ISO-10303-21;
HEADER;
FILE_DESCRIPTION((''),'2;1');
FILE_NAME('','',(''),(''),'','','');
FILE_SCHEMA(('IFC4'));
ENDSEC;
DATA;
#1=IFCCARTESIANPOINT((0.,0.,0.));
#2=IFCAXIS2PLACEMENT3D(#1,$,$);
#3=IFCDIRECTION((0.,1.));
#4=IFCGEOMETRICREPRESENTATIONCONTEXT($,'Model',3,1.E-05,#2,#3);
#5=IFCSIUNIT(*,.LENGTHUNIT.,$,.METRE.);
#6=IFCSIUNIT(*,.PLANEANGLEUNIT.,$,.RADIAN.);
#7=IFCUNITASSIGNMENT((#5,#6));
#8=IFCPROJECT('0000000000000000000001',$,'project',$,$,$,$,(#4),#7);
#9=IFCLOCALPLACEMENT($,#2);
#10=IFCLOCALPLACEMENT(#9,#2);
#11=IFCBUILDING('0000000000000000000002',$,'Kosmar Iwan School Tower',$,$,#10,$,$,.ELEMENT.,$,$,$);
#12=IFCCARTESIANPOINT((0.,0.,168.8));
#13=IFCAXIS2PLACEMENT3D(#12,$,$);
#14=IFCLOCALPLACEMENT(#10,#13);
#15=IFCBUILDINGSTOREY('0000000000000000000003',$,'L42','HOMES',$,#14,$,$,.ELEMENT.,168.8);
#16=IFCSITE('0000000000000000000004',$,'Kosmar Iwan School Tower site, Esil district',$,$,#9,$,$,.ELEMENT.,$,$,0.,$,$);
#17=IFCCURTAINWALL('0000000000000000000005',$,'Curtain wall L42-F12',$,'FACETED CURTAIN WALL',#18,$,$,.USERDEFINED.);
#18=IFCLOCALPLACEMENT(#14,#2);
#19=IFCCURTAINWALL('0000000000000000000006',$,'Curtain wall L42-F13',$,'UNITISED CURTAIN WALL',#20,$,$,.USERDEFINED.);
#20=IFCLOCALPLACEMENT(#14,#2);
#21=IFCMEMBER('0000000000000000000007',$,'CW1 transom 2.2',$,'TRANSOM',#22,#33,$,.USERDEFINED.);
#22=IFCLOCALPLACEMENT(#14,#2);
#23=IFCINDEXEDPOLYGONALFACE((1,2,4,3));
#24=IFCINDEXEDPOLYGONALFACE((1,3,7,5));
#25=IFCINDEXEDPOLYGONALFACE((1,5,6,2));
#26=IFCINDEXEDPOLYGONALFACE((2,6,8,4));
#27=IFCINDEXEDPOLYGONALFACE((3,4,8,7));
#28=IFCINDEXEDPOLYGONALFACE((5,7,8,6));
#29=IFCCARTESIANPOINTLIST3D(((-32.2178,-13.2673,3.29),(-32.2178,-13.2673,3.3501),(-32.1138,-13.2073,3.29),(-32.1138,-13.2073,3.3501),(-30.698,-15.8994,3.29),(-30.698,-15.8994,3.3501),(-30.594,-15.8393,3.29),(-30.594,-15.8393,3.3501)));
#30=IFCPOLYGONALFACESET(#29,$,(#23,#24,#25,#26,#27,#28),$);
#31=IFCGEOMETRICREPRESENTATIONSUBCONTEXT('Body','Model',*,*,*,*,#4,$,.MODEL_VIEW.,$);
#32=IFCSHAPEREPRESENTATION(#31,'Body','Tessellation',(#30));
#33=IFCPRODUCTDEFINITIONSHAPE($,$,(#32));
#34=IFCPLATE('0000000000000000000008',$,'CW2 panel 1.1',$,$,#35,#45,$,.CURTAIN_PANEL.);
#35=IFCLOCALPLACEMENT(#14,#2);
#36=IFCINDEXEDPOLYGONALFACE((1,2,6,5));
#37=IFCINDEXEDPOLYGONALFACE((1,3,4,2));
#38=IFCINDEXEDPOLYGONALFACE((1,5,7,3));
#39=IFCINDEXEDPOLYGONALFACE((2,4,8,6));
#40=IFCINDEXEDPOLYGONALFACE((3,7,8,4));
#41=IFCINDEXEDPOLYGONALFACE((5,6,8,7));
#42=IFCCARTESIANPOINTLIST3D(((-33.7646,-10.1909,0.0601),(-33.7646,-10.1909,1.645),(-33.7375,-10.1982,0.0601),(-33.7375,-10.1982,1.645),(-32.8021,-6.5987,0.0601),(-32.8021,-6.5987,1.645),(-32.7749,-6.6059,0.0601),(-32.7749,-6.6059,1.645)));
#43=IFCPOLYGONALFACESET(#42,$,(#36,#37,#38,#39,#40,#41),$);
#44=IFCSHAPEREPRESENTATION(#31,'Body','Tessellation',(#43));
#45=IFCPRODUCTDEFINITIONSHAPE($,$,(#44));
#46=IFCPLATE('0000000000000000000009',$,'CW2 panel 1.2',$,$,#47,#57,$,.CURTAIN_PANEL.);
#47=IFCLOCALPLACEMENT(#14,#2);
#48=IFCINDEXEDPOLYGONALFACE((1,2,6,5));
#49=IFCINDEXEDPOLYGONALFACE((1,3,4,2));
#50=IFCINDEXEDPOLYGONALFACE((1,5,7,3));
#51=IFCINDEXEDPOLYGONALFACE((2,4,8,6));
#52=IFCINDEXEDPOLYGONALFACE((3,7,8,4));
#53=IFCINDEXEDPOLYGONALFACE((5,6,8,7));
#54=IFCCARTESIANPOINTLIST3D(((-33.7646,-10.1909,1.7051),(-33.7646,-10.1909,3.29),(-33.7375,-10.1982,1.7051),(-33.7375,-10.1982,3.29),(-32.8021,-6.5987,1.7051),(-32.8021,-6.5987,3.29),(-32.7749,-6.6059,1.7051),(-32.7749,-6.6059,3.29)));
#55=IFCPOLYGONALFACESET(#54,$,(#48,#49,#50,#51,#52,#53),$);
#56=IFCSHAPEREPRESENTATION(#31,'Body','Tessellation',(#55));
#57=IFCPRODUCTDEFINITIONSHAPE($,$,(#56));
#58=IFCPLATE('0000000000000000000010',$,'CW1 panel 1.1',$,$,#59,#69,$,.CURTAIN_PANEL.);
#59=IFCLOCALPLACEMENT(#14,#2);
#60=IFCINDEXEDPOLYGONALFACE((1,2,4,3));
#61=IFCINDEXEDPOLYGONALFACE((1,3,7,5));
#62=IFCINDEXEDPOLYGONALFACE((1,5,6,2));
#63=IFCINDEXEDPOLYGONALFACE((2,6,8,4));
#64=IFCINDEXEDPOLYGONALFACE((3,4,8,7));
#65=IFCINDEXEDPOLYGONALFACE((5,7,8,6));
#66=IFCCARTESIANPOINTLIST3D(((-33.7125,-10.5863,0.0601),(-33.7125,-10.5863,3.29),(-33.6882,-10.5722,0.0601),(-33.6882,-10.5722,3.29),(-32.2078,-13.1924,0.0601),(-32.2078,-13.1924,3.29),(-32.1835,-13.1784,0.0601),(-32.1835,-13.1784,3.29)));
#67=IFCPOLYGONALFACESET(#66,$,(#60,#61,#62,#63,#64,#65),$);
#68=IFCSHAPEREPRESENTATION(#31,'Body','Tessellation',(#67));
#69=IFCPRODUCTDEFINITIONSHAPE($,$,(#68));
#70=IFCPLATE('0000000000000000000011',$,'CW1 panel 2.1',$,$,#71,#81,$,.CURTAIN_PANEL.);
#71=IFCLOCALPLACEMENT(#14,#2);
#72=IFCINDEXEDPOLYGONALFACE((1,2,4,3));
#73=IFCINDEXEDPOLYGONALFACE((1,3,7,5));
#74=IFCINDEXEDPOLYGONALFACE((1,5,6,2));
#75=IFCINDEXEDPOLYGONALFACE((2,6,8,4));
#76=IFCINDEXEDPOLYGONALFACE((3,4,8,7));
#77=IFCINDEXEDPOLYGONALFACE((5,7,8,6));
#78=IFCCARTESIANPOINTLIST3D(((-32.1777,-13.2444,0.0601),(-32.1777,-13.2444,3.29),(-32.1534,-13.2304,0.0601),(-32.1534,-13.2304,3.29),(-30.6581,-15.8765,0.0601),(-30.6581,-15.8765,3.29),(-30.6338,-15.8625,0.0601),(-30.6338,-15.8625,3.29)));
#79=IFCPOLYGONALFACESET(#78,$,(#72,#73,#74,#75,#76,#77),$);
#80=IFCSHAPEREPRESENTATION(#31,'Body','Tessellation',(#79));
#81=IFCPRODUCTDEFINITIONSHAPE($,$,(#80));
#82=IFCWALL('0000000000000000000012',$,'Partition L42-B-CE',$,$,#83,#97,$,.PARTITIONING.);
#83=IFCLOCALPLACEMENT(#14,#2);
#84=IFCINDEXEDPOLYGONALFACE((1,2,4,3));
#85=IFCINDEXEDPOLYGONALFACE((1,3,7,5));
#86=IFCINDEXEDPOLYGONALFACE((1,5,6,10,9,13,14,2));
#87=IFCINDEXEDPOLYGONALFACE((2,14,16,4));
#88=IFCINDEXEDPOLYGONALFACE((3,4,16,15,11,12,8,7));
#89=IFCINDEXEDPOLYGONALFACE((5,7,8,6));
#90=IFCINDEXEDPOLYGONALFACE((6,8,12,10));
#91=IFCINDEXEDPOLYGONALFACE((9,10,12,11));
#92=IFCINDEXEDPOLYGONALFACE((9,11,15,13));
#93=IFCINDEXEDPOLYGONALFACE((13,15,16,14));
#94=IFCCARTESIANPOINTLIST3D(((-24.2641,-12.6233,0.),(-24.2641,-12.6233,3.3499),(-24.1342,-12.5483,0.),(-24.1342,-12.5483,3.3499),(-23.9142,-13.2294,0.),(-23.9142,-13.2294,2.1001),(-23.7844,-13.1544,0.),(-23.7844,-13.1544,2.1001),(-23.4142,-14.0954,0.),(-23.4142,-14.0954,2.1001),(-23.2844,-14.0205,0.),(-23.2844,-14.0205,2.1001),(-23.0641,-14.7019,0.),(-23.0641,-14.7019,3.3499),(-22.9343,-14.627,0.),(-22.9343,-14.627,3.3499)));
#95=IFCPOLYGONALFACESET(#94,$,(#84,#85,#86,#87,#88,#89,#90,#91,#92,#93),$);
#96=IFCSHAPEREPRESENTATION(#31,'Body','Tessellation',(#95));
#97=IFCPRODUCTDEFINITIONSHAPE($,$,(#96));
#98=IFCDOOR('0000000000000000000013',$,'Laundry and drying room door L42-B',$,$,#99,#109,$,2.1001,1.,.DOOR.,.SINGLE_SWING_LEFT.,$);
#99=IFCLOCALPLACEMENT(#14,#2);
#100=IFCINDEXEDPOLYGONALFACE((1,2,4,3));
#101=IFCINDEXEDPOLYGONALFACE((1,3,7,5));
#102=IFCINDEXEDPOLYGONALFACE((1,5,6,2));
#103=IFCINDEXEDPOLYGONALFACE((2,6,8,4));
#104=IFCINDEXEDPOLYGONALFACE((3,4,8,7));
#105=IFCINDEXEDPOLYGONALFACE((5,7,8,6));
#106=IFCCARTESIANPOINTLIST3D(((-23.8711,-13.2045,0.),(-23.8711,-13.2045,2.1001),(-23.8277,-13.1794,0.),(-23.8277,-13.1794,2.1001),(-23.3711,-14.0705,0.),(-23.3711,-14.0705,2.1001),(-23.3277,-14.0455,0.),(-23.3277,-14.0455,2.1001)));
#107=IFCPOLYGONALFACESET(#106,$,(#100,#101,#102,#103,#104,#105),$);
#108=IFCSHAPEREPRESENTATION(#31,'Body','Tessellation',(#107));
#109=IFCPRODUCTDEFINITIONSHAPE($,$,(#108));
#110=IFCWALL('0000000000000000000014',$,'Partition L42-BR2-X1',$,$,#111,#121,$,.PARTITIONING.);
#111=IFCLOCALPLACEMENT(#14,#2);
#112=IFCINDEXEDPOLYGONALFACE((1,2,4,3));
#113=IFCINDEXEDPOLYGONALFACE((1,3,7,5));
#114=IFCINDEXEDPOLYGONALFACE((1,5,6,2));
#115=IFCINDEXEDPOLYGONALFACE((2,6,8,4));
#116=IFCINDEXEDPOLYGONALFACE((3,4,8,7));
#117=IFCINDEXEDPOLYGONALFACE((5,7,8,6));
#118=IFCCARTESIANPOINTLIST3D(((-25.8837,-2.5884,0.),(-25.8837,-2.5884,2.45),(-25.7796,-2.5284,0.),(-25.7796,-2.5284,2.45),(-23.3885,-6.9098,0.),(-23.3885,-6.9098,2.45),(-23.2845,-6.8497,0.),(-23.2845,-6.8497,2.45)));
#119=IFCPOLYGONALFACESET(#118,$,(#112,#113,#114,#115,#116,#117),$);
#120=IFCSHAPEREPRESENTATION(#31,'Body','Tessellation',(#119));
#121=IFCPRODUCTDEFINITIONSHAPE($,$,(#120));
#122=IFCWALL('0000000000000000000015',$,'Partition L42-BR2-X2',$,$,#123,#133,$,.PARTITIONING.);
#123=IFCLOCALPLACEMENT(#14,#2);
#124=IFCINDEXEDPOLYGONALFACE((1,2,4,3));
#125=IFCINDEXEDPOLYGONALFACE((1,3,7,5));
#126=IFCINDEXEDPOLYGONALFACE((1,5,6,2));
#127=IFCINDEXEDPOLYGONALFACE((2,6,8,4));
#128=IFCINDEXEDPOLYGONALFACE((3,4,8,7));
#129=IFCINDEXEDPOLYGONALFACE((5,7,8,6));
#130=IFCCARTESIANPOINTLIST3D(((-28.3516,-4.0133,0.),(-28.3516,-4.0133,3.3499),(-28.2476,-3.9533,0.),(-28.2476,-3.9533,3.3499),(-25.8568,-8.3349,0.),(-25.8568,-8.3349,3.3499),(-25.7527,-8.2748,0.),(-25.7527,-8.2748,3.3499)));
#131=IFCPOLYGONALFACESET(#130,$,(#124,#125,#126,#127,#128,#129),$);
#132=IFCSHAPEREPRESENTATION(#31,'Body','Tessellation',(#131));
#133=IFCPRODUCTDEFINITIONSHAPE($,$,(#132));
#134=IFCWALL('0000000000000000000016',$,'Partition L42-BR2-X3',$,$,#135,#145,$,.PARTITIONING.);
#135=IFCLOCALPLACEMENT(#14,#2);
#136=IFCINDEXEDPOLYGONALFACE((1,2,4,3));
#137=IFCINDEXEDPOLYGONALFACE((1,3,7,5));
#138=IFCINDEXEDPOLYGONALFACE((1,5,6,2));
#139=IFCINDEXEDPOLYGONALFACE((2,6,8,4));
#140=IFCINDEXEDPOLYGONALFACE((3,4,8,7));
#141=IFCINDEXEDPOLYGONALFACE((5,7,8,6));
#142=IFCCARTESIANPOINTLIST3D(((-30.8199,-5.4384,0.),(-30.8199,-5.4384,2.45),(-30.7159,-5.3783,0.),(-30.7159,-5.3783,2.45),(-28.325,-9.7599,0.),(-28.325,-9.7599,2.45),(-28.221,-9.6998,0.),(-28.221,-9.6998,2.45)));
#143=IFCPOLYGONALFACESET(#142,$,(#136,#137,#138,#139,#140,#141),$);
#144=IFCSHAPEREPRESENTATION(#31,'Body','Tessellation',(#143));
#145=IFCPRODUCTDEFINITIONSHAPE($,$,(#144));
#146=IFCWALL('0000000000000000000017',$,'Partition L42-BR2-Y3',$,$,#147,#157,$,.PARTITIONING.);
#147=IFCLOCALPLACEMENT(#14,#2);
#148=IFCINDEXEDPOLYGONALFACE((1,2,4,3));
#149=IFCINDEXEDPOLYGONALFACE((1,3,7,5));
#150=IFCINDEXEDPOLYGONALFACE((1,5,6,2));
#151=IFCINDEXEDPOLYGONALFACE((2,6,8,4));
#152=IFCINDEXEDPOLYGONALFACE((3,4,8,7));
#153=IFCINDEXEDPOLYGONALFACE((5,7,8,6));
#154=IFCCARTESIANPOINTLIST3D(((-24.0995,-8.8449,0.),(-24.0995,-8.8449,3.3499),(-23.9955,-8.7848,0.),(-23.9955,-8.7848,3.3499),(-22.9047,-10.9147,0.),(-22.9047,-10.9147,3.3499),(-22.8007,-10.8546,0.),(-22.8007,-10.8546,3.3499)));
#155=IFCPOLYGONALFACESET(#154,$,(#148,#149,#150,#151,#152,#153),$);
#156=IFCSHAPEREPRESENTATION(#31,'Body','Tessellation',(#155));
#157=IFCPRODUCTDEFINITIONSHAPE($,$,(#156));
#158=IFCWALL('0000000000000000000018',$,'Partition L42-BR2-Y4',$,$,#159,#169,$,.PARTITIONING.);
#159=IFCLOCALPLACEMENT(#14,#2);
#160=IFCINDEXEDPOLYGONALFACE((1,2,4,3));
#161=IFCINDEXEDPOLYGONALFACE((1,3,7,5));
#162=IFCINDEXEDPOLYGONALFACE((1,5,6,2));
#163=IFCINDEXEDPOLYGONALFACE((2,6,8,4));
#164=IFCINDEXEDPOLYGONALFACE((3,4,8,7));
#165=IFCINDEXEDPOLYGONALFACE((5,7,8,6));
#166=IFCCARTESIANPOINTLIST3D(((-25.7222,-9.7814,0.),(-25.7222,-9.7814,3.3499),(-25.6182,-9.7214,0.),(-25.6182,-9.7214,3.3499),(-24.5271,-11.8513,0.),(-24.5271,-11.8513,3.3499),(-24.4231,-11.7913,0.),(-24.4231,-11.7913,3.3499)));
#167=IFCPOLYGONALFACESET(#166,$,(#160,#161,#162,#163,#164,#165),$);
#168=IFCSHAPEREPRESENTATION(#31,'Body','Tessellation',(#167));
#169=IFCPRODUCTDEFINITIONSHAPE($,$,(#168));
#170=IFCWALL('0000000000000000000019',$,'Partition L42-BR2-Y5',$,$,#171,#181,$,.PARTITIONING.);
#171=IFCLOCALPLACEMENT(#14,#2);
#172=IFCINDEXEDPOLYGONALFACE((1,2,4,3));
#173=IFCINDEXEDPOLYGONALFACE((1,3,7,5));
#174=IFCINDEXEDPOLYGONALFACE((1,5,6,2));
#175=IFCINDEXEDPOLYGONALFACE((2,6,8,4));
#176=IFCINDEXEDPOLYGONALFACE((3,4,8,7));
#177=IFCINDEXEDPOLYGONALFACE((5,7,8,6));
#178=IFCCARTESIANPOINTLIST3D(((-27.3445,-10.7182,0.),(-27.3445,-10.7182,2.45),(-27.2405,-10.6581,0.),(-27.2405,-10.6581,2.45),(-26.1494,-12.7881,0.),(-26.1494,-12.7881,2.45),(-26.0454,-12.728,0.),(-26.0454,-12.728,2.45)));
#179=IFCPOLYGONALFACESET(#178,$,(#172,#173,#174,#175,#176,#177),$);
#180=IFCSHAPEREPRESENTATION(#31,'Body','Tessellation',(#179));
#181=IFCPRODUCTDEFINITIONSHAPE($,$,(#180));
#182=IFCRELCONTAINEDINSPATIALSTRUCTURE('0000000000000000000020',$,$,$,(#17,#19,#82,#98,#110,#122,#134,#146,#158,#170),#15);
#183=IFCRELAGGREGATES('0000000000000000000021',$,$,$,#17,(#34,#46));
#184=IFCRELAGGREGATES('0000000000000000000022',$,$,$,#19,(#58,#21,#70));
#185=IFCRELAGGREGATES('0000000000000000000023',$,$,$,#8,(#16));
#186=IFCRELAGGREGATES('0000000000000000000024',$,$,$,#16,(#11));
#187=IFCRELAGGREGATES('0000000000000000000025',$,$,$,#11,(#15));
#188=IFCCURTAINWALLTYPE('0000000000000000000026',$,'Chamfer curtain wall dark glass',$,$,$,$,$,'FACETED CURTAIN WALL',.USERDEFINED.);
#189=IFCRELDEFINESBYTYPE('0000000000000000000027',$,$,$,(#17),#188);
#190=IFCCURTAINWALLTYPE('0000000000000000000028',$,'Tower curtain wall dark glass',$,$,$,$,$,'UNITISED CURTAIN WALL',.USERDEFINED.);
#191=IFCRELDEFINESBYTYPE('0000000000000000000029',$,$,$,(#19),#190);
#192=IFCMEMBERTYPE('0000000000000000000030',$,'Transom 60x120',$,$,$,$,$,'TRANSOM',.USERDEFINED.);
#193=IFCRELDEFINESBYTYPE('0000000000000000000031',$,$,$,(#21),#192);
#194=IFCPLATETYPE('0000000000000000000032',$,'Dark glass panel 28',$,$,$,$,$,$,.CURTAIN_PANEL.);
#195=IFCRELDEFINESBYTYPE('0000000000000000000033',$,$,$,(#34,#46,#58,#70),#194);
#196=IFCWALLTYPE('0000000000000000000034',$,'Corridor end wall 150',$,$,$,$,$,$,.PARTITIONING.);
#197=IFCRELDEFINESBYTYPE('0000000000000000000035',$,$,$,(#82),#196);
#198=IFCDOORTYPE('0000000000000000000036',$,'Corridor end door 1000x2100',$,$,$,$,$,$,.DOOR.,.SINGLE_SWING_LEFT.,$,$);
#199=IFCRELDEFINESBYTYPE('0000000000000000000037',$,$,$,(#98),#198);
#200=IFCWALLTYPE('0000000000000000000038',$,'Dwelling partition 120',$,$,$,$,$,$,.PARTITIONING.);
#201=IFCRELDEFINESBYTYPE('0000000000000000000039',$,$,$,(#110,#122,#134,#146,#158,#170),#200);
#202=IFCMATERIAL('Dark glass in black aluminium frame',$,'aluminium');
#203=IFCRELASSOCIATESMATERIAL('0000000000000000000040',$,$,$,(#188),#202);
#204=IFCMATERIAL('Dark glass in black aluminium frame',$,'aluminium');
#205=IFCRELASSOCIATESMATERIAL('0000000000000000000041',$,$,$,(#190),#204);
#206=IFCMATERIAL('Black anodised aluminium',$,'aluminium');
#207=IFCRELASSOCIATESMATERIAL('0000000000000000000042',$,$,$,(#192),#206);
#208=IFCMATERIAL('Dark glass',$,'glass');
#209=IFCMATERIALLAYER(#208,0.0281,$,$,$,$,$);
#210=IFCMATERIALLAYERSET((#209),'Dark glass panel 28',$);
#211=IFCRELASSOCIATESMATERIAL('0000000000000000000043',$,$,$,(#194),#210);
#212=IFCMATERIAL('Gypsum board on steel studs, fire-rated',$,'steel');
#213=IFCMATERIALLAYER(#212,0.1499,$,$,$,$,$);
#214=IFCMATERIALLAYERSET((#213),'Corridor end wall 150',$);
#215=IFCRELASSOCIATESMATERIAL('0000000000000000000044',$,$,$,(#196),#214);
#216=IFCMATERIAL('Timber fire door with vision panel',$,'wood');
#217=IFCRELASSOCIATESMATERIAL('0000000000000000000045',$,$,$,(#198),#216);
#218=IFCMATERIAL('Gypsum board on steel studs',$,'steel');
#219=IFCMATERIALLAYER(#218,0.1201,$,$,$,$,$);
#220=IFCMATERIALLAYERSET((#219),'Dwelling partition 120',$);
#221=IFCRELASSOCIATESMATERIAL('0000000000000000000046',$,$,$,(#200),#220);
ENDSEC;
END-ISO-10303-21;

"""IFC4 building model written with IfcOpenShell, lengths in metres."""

from ifc_helpers import new_model, si_unit, direction, frame, frame_2d, origin, origin_2d, place, context, subcontext, project, spatial, rectangle, extrude, material, layer, layer_set, material_profile, profile_set, type_object, element, fill, aggregate, save


model = new_model("IFC4")

# Units and contexts
model_context = context("Model", 3, precision=1e-05, world=origin(), true_north=direction((0.0, 1.0)))
body_context = subcontext(model_context, "Body", "Model", "MODEL_VIEW")
ifc_project = project(units=[si_unit("LENGTHUNIT", "METRE"), si_unit("PLANEANGLEUNIT", "RADIAN")], contexts=[model_context])

# Site, building, storey
site_placement = place(None, origin())
site = spatial("IfcSite", under=ifc_project, at=site_placement, Name="Kosmar Iwan School Tower site, Esil district", CompositionType="ELEMENT", RefElevation=0.0)
building_placement = place(site_placement, origin())
building = spatial("IfcBuilding", under=site, at=building_placement, Name="Kosmar Iwan School Tower", CompositionType="ELEMENT")
storey_placement = place(building_placement, frame((0.0, 0.0, 168.8)))
storey = spatial("IfcBuildingStorey", under=building, at=storey_placement, Name="L42", Description="HOMES", CompositionType="ELEMENT", Elevation=168.8)

# Curtain wall
ifc_material_1 = material(Name="Dark glass in black aluminium frame", Category="aluminium")
curtain_wall_type_1 = type_object("IfcCurtainWallType", Name="Chamfer curtain wall dark glass", ElementType="FACETED CURTAIN WALL", PredefinedType="USERDEFINED", material=ifc_material_1)
curtain_wall_1_placement = place(storey_placement, origin())
curtain_wall_1 = element("IfcCurtainWall", 1, at=curtain_wall_1_placement, inside=storey, type_object=curtain_wall_type_1, Name="Curtain wall L42-F12", ObjectType="FACETED CURTAIN WALL", PredefinedType="USERDEFINED")

# Curtain wall
ifc_material_2 = material(Name="Dark glass in black aluminium frame", Category="aluminium")
curtain_wall_type_2 = type_object("IfcCurtainWallType", Name="Tower curtain wall dark glass", ElementType="UNITISED CURTAIN WALL", PredefinedType="USERDEFINED", material=ifc_material_2)
curtain_wall_2_placement = place(storey_placement, origin())
curtain_wall_2 = element("IfcCurtainWall", 2, at=curtain_wall_2_placement, inside=storey, type_object=curtain_wall_type_2, Name="Curtain wall L42-F13", ObjectType="UNITISED CURTAIN WALL", PredefinedType="USERDEFINED")

# Member
ifc_material_3 = material(Name="Black anodised aluminium", Category="aluminium")
ifc_material_profile_1 = material_profile(ifc_material_3, rectangle(XDim=0.1201, YDim=0.0601, at=origin_2d()), Name="TRANSOM 60x120")
ifc_profile_set_1 = profile_set([ifc_material_profile_1], Name="Black anodised aluminium")
member_type_1 = type_object("IfcMemberType", Name="Transom 60x120", ElementType="TRANSOM", PredefinedType="USERDEFINED", material=ifc_profile_set_1)
member_1_placement = place(storey_placement, frame((-32.1658, -13.2373, 3.3201), z_axis=(0.500035, -0.866005, 0.0), x_axis=(0.866005, 0.500035, 0.0)))
member_1 = element("IfcMember", 3, at=member_1_placement, type_object=member_type_1, Name="CW1 transom 2.2", ObjectType="TRANSOM", PredefinedType="USERDEFINED", context=body_context, shape_type="SweptSolid", body=[
    extrude(rectangle(XDim=0.1201, YDim=0.0601, at=origin_2d()), origin(), (0.0, 0.0, 1.0), 3.0393),
])

# Plates
ifc_material_4 = material(Name="Dark glass", Category="glass")
ifc_layer_1 = layer(ifc_material_4, 0.0281)
ifc_layer_set_1 = layer_set([ifc_layer_1], Name="Dark glass panel 28")
plate_type = type_object("IfcPlateType", Name="Dark glass panel 28", PredefinedType="CURTAIN_PANEL", material=ifc_layer_set_1)
plate_1_placement = place(storey_placement, frame((-33.2698, -8.3984, 0.0601), z_axis=(0.0, 0.0, 1.0), x_axis=(-0.258819, -0.965926, 0.0)))
plate_1 = element("IfcPlate", 4, at=plate_1_placement, type_object=plate_type, Name="CW2 panel 1.1", PredefinedType="CURTAIN_PANEL", context=body_context, shape_type="SweptSolid", body=[
    extrude(rectangle(XDim=3.719, YDim=0.0281, at=origin_2d()), origin(), (0.0, 0.0, 1.0), 1.585),
])
plate_2_placement = place(storey_placement, frame((-33.2698, -8.3984, 1.7051), z_axis=(0.0, 0.0, 1.0), x_axis=(-0.258819, -0.965926, 0.0)))
plate_2 = element("IfcPlate", 5, at=plate_2_placement, type_object=plate_type, Name="CW2 panel 1.2", PredefinedType="CURTAIN_PANEL", context=body_context, shape_type="SweptSolid", body=[
    extrude(rectangle(XDim=3.719, YDim=0.0281, at=origin_2d()), origin(), (0.0, 0.0, 1.0), 1.585),
])
aggregate(curtain_wall_1, [plate_1, plate_2])
plate_3_placement = place(storey_placement, frame((-32.948, -11.8823, 0.0601), z_axis=(0.0, 0.0, 1.0), x_axis=(0.5, -0.866025, 0.0)))
plate_3 = element("IfcPlate", 6, at=plate_3_placement, type_object=plate_type, Name="CW1 panel 1.1", PredefinedType="CURTAIN_PANEL", context=body_context, shape_type="SweptSolid", body=[
    extrude(rectangle(XDim=3.0093, YDim=0.0281, at=origin_2d()), origin(), (0.0, 0.0, 1.0), 3.23),
])
plate_4_placement = place(storey_placement, frame((-31.4058, -14.5535, 0.0601), z_axis=(0.0, 0.0, 1.0), x_axis=(0.5, -0.866025, 0.0)))
plate_4 = element("IfcPlate", 7, at=plate_4_placement, type_object=plate_type, Name="CW1 panel 2.1", PredefinedType="CURTAIN_PANEL", context=body_context, shape_type="SweptSolid", body=[
    extrude(rectangle(XDim=3.0393, YDim=0.0281, at=origin_2d()), origin(), (0.0, 0.0, 1.0), 3.23),
])
aggregate(curtain_wall_2, [plate_3, member_1, plate_4])

# Wall, opening, door
ifc_material_5 = material(Name="Gypsum board on steel studs, fire-rated", Category="steel")
ifc_layer_2 = layer(ifc_material_5, 0.1499)
ifc_layer_set_2 = layer_set([ifc_layer_2], Name="Corridor end wall 150")
wall_type_1 = type_object("IfcWallType", Name="Corridor end wall 150", PredefinedType="PARTITIONING", material=ifc_layer_set_2)
wall_1_placement = place(storey_placement, frame((-24.1992, -12.5857, 0.0), z_axis=(0.0, 0.0, 1.0), x_axis=(0.499957, -0.86605, 0.0)))
wall_1 = element("IfcWall", 8, at=wall_1_placement, inside=storey, type_object=wall_type_1, Name="Partition L42-B-CE", PredefinedType="PARTITIONING", context=body_context, shape_type="SweptSolid", body=[
    extrude(rectangle(XDim=2.4001, YDim=0.1499, at=frame_2d((1.2002, 0.0))), origin(), (0.0, 0.0, 1.0), 3.3499),
])
opening_placement = place(wall_1_placement, frame((0.7, 0.0, 0.0)))
opening = element("IfcOpeningElement", 9, at=opening_placement, cuts=wall_1, PredefinedType="OPENING", context=body_context, shape_type="SweptSolid", body=[
    extrude(rectangle(XDim=1.0, YDim=2.1001, at=frame_2d((0.5, 1.05))), frame((0.0, 0.0869, 0.0), z_axis=(0.0, -1.0, 0.0), x_axis=(1.0, 0.0, 0.0)), (0.0, 0.0, 1.0), 0.1738),
])
ifc_material_6 = material(Name="Timber fire door with vision panel", Category="wood")
door_type = type_object("IfcDoorType", Name="Corridor end door 1000x2100", OperationType="SINGLE_SWING_LEFT", PredefinedType="DOOR", material=ifc_material_6)
door_placement = place(opening_placement, origin())
door = element("IfcDoor", 10, at=door_placement, inside=storey, type_object=door_type, Name="Laundry and drying room door L42-B", OperationType="SINGLE_SWING_LEFT", OverallHeight=2.1001, OverallWidth=1.0, PredefinedType="DOOR", context=body_context, shape_type="SweptSolid", body=[
    extrude(rectangle(XDim=1.0, YDim=2.1001, at=frame_2d((0.5, 1.05))), frame((0.0, 0.0249, 0.0), z_axis=(0.0, -1.0, 0.0), x_axis=(1.0, 0.0, 0.0)), (0.0, 0.0, 1.0), 0.05),
])
fill(opening, door)

# Walls
ifc_material_7 = material(Name="Gypsum board on steel studs", Category="steel")
ifc_layer_3 = layer(ifc_material_7, 0.1201)
ifc_layer_set_3 = layer_set([ifc_layer_3], Name="Dwelling partition 120")
wall_type_2 = type_object("IfcWallType", Name="Dwelling partition 120", PredefinedType="PARTITIONING", material=ifc_layer_set_3)
wall_2_placement = place(storey_placement, frame((-23.3364, -6.8799, 0.0), z_axis=(0.0, 0.0, 1.0), x_axis=(-0.500033, 0.866006, 0.0)))
element("IfcWall", 11, at=wall_2_placement, inside=storey, type_object=wall_type_2, Name="Partition L42-BR2-X1", PredefinedType="PARTITIONING", context=body_context, shape_type="SweptSolid", body=[
    extrude(rectangle(XDim=4.99, YDim=0.1201, at=frame_2d((2.4951, 0.0))), origin(), (0.0, 0.0, 1.0), 2.45),
])
wall_3_placement = place(storey_placement, frame((-25.8047, -8.3049, 0.0), z_axis=(0.0, 0.0, 1.0), x_axis=(-0.499975, 0.86604, 0.0)))
element("IfcWall", 12, at=wall_3_placement, inside=storey, type_object=wall_type_2, Name="Partition L42-BR2-X2", PredefinedType="PARTITIONING", context=body_context, shape_type="SweptSolid", body=[
    extrude(rectangle(XDim=4.99, YDim=0.1201, at=frame_2d((2.4951, 0.0))), origin(), (0.0, 0.0, 1.0), 3.3499),
])
wall_4_placement = place(storey_placement, frame((-28.2729, -9.73, 0.0), z_axis=(0.0, 0.0, 1.0), x_axis=(-0.499975, 0.86604, 0.0)))
element("IfcWall", 13, at=wall_4_placement, inside=storey, type_object=wall_type_2, Name="Partition L42-BR2-X3", PredefinedType="PARTITIONING", context=body_context, shape_type="SweptSolid", body=[
    extrude(rectangle(XDim=4.99, YDim=0.1201, at=frame_2d((2.4951, 0.0))), origin(), (0.0, 0.0, 1.0), 2.45),
])
wall_5_placement = place(storey_placement, frame((-22.8528, -10.8845, 0.0), z_axis=(0.0, 0.0, 1.0), x_axis=(-0.499941, 0.86606, 0.0)))
element("IfcWall", 14, at=wall_5_placement, inside=storey, type_object=wall_type_2, Name="Partition L42-BR2-Y3", PredefinedType="PARTITIONING", context=body_context, shape_type="SweptSolid", body=[
    extrude(rectangle(XDim=2.3899, YDim=0.1201, at=frame_2d((1.1948, 0.0))), origin(), (0.0, 0.0, 1.0), 3.3499),
])
wall_6_placement = place(storey_placement, frame((-24.4751, -11.8213, 0.0), z_axis=(0.0, 0.0, 1.0), x_axis=(-0.500017, 0.866015, 0.0)))
element("IfcWall", 15, at=wall_6_placement, inside=storey, type_object=wall_type_2, Name="Partition L42-BR2-Y4", PredefinedType="PARTITIONING", context=body_context, shape_type="SweptSolid", body=[
    extrude(rectangle(XDim=2.3901, YDim=0.1201, at=frame_2d((1.1951, 0.0))), origin(), (0.0, 0.0, 1.0), 3.3499),
])
wall_7_placement = place(storey_placement, frame((-26.0974, -12.7581, 0.0), z_axis=(0.0, 0.0, 1.0), x_axis=(-0.500017, 0.866015, 0.0)))
element("IfcWall", 16, at=wall_7_placement, inside=storey, type_object=wall_type_2, Name="Partition L42-BR2-Y5", PredefinedType="PARTITIONING", context=body_context, shape_type="SweptSolid", body=[
    extrude(rectangle(XDim=2.3901, YDim=0.1201, at=frame_2d((1.1951, 0.0))), origin(), (0.0, 0.0, 1.0), 2.45),
])

save(model, "model.ifc")
